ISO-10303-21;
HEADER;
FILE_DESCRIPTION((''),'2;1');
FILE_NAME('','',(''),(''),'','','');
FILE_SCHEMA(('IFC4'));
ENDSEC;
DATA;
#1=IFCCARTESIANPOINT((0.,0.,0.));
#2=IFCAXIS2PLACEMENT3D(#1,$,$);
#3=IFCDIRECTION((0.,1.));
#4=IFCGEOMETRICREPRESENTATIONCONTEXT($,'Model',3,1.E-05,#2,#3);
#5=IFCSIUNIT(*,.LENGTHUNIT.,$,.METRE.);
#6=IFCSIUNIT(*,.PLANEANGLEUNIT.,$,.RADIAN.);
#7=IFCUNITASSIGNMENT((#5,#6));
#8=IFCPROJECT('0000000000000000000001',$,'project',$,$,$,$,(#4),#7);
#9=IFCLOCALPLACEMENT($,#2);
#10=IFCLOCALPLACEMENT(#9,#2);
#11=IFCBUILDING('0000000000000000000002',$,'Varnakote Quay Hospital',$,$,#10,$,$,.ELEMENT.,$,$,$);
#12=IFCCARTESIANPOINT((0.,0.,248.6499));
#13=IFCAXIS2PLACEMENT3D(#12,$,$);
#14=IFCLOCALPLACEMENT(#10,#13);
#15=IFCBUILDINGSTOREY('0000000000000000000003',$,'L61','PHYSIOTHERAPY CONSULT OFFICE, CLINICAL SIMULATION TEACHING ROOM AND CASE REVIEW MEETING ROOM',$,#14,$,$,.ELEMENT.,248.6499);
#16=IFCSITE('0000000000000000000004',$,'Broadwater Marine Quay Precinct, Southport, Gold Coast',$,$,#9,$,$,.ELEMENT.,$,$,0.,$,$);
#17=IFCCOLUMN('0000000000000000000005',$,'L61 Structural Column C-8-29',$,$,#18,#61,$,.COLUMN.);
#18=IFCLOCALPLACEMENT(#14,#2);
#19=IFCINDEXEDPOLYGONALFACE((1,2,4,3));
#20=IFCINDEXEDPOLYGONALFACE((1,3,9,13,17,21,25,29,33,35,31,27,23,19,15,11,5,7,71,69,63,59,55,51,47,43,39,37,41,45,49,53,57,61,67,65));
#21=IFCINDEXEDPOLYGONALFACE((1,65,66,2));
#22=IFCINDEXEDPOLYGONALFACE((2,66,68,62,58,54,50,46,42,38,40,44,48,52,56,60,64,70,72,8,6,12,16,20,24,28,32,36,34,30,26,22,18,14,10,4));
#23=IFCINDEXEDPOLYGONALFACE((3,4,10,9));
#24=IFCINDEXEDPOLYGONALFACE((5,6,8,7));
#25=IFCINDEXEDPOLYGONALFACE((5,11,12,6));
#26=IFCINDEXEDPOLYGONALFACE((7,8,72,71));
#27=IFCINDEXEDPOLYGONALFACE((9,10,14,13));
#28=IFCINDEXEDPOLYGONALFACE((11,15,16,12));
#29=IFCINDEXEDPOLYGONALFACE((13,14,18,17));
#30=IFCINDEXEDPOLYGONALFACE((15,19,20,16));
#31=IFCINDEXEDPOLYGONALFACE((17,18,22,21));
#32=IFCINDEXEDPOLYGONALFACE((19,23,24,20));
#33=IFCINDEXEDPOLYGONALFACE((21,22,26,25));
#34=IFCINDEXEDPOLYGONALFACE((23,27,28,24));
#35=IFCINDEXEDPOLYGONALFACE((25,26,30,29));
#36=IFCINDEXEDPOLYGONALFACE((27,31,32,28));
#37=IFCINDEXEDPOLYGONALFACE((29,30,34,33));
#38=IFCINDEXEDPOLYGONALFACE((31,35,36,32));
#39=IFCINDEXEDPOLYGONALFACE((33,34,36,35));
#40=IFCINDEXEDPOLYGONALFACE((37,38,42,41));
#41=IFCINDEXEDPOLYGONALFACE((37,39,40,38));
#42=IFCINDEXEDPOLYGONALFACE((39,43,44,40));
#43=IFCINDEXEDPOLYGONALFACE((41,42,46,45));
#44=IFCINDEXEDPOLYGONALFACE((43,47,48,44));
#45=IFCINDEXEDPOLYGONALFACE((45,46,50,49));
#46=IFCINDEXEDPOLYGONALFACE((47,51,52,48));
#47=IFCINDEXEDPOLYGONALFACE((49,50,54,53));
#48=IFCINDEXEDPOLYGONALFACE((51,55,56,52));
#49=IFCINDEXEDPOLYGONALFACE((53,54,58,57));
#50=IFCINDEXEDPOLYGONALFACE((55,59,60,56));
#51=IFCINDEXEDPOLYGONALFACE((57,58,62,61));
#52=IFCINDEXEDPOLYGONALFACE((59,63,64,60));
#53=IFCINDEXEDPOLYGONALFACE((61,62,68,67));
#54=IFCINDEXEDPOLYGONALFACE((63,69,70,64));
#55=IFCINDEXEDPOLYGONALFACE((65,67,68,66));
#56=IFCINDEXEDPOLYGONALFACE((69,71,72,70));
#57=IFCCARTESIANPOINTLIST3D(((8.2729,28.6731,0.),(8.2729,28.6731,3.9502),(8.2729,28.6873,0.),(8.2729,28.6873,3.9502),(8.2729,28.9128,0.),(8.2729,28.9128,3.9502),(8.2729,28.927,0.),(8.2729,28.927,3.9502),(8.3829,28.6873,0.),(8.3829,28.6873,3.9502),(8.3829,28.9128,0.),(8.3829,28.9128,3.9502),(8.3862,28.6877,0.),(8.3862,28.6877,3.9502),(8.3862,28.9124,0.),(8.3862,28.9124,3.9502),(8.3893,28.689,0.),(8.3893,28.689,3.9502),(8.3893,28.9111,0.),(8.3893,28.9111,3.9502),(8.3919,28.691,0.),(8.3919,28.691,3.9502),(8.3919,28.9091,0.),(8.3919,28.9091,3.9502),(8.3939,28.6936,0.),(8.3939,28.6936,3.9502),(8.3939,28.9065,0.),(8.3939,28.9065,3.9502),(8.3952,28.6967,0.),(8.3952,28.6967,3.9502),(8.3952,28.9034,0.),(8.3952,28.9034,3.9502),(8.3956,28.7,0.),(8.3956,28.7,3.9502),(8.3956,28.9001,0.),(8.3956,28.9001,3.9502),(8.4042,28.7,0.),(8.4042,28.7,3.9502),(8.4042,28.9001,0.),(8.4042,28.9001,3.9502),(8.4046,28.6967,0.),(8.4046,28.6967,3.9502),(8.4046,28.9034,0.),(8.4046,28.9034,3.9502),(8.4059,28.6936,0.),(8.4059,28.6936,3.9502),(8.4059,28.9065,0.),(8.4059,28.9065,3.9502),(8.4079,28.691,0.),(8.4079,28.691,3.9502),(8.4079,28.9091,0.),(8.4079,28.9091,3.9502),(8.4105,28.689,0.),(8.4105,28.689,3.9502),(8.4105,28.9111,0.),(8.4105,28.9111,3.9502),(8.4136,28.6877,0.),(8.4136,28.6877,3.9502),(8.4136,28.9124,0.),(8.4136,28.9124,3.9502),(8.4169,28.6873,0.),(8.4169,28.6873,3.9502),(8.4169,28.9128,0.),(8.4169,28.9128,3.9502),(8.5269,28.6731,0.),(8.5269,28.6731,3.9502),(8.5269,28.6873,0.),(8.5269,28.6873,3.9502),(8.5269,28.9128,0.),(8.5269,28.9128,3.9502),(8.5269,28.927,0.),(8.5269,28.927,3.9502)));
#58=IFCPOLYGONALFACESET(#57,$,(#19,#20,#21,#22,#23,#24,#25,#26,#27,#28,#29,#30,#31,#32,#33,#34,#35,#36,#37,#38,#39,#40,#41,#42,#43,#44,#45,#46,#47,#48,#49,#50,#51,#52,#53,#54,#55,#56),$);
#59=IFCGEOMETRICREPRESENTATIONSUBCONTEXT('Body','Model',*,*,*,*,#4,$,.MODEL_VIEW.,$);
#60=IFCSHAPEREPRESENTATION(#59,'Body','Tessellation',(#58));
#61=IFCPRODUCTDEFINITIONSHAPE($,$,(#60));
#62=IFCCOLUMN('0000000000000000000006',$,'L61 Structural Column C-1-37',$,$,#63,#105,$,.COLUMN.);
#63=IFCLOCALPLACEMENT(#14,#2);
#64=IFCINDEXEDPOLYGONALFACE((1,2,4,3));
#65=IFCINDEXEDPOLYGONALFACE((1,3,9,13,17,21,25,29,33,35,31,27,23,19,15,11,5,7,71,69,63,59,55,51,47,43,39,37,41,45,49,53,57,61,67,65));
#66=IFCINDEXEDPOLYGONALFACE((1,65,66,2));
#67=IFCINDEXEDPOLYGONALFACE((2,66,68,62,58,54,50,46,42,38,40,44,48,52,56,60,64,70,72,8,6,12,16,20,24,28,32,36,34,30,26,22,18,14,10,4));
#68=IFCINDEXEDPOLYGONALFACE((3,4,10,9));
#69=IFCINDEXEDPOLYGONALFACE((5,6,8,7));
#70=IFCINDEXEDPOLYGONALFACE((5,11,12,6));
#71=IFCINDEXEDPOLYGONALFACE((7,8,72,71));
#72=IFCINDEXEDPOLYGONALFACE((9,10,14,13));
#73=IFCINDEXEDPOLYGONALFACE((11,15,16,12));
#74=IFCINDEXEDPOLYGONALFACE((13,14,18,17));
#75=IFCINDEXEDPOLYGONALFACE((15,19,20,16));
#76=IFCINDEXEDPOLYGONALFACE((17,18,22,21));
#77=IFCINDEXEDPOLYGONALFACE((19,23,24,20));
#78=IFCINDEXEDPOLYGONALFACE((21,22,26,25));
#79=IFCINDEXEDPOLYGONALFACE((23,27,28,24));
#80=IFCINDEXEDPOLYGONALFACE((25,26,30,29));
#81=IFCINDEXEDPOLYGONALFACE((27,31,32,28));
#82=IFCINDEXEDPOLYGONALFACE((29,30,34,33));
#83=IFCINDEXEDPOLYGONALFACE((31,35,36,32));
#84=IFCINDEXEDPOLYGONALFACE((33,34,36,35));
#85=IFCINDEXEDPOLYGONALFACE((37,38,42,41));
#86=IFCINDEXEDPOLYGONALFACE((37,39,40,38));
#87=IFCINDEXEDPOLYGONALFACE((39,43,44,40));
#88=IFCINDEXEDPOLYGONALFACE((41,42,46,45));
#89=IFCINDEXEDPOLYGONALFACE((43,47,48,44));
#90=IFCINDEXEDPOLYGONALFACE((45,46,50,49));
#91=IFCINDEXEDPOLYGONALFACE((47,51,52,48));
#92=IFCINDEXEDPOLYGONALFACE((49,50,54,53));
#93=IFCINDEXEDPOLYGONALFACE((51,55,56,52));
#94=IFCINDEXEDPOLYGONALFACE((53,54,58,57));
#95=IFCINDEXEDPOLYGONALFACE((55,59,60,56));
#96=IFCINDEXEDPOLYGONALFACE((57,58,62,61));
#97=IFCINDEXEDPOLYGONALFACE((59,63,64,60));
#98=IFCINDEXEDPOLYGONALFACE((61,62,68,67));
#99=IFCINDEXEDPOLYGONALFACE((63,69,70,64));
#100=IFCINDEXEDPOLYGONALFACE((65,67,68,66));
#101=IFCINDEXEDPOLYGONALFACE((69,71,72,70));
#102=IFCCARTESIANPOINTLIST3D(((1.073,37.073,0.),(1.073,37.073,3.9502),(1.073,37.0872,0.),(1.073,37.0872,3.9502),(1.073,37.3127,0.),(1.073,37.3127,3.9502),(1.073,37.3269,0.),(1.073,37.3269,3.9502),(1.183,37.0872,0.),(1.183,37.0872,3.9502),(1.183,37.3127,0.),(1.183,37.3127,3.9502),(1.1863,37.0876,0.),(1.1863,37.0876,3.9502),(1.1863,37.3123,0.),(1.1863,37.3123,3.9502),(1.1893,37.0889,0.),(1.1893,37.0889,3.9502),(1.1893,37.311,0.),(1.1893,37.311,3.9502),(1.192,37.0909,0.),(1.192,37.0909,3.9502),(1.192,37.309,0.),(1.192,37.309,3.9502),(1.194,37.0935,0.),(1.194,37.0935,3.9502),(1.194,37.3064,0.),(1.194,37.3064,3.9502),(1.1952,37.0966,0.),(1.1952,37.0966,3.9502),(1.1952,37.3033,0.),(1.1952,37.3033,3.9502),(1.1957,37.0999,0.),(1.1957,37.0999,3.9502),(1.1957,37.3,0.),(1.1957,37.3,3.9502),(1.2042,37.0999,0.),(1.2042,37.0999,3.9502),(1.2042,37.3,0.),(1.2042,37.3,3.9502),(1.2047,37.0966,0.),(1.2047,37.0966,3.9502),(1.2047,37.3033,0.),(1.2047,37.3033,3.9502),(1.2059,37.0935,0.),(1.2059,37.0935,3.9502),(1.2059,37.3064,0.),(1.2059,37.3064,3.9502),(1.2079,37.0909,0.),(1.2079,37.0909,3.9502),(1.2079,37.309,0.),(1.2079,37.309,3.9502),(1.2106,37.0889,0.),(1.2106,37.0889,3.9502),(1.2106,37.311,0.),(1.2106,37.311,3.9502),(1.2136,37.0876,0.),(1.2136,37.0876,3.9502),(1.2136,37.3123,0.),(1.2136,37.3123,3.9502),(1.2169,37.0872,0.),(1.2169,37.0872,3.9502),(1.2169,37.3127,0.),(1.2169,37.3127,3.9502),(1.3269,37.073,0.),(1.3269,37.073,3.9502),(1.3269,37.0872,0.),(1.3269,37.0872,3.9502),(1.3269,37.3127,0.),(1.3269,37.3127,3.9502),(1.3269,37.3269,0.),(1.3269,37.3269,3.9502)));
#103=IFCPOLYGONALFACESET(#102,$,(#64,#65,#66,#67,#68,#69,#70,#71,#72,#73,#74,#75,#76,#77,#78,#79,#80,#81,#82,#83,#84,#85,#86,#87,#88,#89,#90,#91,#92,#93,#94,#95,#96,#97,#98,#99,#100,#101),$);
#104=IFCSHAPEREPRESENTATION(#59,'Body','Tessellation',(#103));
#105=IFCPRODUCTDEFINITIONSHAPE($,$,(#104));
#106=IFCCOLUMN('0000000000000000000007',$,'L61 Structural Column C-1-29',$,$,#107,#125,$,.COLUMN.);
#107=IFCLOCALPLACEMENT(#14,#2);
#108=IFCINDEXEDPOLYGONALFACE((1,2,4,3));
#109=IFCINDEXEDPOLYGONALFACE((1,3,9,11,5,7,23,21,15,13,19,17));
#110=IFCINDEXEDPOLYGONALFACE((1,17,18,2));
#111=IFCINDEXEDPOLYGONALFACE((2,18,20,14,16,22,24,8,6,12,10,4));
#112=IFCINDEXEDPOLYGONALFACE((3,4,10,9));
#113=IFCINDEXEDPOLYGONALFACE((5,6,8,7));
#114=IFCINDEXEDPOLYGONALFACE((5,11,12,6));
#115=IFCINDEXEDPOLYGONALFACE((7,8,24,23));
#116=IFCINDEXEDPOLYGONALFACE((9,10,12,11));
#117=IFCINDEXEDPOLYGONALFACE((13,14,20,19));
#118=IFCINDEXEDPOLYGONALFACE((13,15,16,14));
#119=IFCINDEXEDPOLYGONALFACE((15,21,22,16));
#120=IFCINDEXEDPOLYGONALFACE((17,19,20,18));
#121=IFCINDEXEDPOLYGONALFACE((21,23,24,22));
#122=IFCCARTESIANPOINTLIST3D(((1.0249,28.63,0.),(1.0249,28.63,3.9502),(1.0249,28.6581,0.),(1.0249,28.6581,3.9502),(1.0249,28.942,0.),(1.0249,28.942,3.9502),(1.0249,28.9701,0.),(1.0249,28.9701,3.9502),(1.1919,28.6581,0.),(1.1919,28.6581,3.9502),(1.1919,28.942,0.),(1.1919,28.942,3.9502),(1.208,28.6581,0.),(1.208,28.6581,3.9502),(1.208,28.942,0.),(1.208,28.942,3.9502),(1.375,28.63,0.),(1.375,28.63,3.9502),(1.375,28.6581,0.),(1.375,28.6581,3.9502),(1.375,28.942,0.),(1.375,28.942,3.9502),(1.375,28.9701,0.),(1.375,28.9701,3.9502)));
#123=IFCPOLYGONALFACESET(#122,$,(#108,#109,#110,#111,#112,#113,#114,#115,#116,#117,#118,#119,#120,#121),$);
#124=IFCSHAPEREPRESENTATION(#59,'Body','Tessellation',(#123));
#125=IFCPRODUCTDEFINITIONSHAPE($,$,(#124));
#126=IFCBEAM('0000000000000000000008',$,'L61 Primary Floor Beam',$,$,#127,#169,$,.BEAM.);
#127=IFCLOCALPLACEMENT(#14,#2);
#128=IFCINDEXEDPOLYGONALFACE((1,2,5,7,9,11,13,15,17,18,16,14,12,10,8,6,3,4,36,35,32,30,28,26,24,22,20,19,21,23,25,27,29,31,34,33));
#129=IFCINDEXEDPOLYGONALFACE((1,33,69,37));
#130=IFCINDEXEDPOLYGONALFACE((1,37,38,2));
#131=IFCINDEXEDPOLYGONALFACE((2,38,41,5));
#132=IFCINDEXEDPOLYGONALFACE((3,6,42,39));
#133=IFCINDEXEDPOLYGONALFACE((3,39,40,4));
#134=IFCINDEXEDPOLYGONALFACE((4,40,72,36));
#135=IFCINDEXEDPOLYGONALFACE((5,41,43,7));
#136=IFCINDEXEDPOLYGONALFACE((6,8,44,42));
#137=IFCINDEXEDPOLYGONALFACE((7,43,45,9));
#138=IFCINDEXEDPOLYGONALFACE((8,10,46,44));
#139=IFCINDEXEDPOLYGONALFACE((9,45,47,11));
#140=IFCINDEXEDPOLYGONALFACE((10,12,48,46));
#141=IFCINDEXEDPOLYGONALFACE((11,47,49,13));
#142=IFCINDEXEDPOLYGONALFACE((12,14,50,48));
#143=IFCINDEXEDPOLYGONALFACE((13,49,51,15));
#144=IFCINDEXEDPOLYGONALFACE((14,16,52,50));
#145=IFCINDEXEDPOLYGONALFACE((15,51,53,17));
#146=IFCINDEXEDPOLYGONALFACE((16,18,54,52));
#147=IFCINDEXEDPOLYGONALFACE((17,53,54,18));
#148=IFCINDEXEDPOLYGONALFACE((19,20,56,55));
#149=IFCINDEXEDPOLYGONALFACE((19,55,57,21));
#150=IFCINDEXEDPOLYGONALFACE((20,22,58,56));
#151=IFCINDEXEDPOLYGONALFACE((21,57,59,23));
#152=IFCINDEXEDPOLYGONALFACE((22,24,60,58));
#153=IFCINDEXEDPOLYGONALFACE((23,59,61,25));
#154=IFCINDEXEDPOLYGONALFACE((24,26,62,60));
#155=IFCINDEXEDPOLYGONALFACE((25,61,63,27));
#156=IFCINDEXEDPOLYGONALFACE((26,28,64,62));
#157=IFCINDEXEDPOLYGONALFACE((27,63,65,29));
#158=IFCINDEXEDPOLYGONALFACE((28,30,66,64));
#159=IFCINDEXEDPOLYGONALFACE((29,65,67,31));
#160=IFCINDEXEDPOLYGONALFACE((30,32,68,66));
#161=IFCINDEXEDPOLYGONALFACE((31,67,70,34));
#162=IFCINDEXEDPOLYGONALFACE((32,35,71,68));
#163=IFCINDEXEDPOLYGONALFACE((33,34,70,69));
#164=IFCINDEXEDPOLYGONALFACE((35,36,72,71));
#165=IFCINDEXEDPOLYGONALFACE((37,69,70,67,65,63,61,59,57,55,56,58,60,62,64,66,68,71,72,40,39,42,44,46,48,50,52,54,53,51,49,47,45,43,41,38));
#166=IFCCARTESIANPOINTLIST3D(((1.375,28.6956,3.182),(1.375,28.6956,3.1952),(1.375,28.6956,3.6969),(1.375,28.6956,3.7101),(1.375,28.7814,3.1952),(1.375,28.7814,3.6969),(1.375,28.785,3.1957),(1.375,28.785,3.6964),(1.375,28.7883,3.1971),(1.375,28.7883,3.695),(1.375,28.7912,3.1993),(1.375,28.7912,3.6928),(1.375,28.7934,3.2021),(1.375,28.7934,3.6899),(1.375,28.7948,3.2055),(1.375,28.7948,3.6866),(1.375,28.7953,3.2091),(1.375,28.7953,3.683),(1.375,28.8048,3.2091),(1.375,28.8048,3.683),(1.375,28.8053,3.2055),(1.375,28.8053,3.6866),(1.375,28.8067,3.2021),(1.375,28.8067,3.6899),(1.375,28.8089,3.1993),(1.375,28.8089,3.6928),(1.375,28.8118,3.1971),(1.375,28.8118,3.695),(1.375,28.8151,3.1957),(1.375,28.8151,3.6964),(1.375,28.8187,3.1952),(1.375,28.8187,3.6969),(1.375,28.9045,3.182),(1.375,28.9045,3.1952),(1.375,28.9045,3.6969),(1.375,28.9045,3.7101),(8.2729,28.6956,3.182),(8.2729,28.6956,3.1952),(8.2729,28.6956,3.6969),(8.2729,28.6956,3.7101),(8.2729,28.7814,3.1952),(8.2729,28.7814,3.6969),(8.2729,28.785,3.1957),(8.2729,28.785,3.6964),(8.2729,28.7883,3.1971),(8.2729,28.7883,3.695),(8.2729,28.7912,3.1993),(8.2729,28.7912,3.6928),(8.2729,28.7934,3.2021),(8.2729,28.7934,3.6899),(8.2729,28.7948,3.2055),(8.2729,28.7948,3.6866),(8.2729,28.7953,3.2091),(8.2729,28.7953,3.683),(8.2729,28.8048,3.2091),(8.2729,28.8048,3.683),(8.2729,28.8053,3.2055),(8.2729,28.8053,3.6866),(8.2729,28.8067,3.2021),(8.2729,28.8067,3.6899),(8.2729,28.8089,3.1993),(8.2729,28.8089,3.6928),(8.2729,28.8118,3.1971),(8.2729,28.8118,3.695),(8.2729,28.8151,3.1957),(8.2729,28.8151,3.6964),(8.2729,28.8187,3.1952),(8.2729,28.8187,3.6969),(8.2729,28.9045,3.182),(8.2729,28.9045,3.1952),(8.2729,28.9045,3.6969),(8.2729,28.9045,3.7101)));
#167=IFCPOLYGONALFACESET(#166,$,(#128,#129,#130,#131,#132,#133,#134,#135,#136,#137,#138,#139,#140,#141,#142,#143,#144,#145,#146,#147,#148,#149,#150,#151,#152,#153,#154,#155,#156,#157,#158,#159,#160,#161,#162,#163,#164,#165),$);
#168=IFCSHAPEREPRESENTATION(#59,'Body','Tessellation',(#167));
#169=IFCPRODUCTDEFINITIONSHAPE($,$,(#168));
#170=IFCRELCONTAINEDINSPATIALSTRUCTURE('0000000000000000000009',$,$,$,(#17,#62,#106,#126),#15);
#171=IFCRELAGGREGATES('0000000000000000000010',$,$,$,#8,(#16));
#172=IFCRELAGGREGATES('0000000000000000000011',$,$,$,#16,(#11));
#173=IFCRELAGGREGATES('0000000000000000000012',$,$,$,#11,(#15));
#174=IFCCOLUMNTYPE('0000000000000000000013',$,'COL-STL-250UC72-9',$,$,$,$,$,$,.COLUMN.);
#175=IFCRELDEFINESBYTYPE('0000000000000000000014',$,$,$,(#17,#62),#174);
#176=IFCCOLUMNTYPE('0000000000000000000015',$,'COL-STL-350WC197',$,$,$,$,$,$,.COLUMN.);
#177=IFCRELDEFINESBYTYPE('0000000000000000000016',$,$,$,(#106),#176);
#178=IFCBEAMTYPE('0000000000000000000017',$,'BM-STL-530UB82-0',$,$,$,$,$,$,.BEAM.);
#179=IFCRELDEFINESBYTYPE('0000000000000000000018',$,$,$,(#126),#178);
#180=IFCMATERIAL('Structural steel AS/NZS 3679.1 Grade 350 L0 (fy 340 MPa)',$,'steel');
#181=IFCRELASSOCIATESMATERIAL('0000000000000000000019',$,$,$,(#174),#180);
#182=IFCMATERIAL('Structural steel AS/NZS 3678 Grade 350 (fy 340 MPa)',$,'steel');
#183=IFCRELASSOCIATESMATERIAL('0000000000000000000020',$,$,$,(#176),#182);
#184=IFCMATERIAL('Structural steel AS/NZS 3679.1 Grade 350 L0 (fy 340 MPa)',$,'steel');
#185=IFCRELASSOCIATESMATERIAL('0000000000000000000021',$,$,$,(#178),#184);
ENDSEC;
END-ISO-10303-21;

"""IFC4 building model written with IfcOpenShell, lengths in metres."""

from ifc_helpers import new_model, si_unit, direction, frame, origin, origin_2d, place, context, subcontext, project, spatial, i_section, extrude, material, material_profile, profile_set, type_object, element, save


model = new_model("IFC4")

# Units and contexts
model_context = context("Model", 3, precision=1e-05, world=origin(), true_north=direction((0.0, 1.0)))
body_context = subcontext(model_context, "Body", "Model", "MODEL_VIEW")
ifc_project = project(units=[si_unit("LENGTHUNIT", "METRE"), si_unit("PLANEANGLEUNIT", "RADIAN")], contexts=[model_context])

# Site, building, storey
site_placement = place(None, origin())
site = spatial("IfcSite", under=ifc_project, at=site_placement, Name="Broadwater Marine Quay Precinct, Southport, Gold Coast", CompositionType="ELEMENT", RefElevation=0.0)
building_placement = place(site_placement, origin())
building = spatial("IfcBuilding", under=site, at=building_placement, Name="Varnakote Quay Hospital", CompositionType="ELEMENT")
storey_placement = place(building_placement, frame((0.0, 0.0, 248.6499)))
storey = spatial("IfcBuildingStorey", under=building, at=storey_placement, Name="L61", Description="PHYSIOTHERAPY CONSULT OFFICE, CLINICAL SIMULATION TEACHING ROOM AND CASE REVIEW MEETING ROOM", CompositionType="ELEMENT", Elevation=248.6499)

# Columns
ifc_material_1 = material(Name="Structural steel AS/NZS 3679.1 Grade 350 L0 (fy 340 MPa)", Category="steel")
ifc_material_profile_1 = material_profile(ifc_material_1, i_section(OverallWidth=0.2539, OverallDepth=0.2539, WebThickness=0.0085, FlangeThickness=0.0142, FilletRadius=0.0127, at=origin_2d()), Name="250UC72.9")
ifc_profile_set_1 = profile_set([ifc_material_profile_1], Name="Structural steel AS/NZS 3679.1 Grade 350 L0 (fy 340 MPa)")
column_type_1 = type_object("IfcColumnType", Name="COL-STL-250UC72-9", PredefinedType="COLUMN", material=ifc_profile_set_1)
for number, where, z_axis, x_axis, name in (
    (1, (8.3999, 28.8, 0.0), (0.0, 0.0, 1.0), (1.0, 0.0, 0.0), "L61 Structural Column C-8-29"),
    (2, (1.2, 37.2, 0.0), (0.0, 0.0, 1.0), (1.0, 0.0, 0.0), "L61 Structural Column C-1-37"),
):
    element("IfcColumn", number, at=place(storey_placement, frame(where, z_axis=z_axis, x_axis=x_axis)), inside=storey, type_object=column_type_1, Name=name, PredefinedType="COLUMN", context=body_context, shape_type="SweptSolid", body=[
        extrude(i_section(OverallWidth=0.2539, OverallDepth=0.2539, WebThickness=0.0085, FlangeThickness=0.0142, FilletRadius=0.0127, at=origin_2d()), origin(), (0.0, 0.0, 1.0), 3.9502),
    ])
ifc_material_2 = material(Name="Structural steel AS/NZS 3678 Grade 350 (fy 340 MPa)", Category="steel")
ifc_material_profile_2 = material_profile(ifc_material_2, i_section(OverallWidth=0.3501, OverallDepth=0.3401, WebThickness=0.0161, FlangeThickness=0.0281, at=origin_2d()), Name="350WC197")
ifc_profile_set_2 = profile_set([ifc_material_profile_2], Name="Structural steel AS/NZS 3678 Grade 350 (fy 340 MPa)")
column_type_2 = type_object("IfcColumnType", Name="COL-STL-350WC197", PredefinedType="COLUMN", material=ifc_profile_set_2)
column_placement = place(storey_placement, frame((1.2, 28.8, 0.0), z_axis=(0.0, 0.0, 1.0), x_axis=(1.0, 0.0, 0.0)))
element("IfcColumn", 3, at=column_placement, inside=storey, type_object=column_type_2, Name="L61 Structural Column C-1-29", PredefinedType="COLUMN", context=body_context, shape_type="SweptSolid", body=[
    extrude(i_section(OverallWidth=0.3501, OverallDepth=0.3401, WebThickness=0.0161, FlangeThickness=0.0281, at=origin_2d()), origin(), (0.0, 0.0, 1.0), 3.9502),
])

# Beam
ifc_material_3 = material(Name="Structural steel AS/NZS 3679.1 Grade 350 L0 (fy 340 MPa)", Category="steel")
ifc_material_profile_3 = material_profile(ifc_material_3, i_section(OverallWidth=0.209, OverallDepth=0.5281, WebThickness=0.0095, FlangeThickness=0.0132, FilletRadius=0.0139, at=origin_2d()), Name="530UB82.0")
ifc_profile_set_3 = profile_set([ifc_material_profile_3], Name="Structural steel AS/NZS 3679.1 Grade 350 L0 (fy 340 MPa)")
beam_type_1 = type_object("IfcBeamType", Name="BM-STL-530UB82-0", PredefinedType="BEAM", material=ifc_profile_set_3)
beam_1_placement = place(storey_placement, frame((1.375, 28.8, 3.446), z_axis=(1.0, 0.0, 0.0), x_axis=(0.0, 1.0, 0.0)))
element("IfcBeam", 4, at=beam_1_placement, inside=storey, type_object=beam_type_1, Name="L61 Primary Floor Beam", PredefinedType="BEAM", context=body_context, shape_type="SweptSolid", body=[
    extrude(i_section(OverallWidth=0.209, OverallDepth=0.5281, WebThickness=0.0095, FlangeThickness=0.0132, FilletRadius=0.0139, at=origin_2d()), origin(), (0.0, 0.0, 1.0), 6.8979),
])

save(model, "model.ifc")
